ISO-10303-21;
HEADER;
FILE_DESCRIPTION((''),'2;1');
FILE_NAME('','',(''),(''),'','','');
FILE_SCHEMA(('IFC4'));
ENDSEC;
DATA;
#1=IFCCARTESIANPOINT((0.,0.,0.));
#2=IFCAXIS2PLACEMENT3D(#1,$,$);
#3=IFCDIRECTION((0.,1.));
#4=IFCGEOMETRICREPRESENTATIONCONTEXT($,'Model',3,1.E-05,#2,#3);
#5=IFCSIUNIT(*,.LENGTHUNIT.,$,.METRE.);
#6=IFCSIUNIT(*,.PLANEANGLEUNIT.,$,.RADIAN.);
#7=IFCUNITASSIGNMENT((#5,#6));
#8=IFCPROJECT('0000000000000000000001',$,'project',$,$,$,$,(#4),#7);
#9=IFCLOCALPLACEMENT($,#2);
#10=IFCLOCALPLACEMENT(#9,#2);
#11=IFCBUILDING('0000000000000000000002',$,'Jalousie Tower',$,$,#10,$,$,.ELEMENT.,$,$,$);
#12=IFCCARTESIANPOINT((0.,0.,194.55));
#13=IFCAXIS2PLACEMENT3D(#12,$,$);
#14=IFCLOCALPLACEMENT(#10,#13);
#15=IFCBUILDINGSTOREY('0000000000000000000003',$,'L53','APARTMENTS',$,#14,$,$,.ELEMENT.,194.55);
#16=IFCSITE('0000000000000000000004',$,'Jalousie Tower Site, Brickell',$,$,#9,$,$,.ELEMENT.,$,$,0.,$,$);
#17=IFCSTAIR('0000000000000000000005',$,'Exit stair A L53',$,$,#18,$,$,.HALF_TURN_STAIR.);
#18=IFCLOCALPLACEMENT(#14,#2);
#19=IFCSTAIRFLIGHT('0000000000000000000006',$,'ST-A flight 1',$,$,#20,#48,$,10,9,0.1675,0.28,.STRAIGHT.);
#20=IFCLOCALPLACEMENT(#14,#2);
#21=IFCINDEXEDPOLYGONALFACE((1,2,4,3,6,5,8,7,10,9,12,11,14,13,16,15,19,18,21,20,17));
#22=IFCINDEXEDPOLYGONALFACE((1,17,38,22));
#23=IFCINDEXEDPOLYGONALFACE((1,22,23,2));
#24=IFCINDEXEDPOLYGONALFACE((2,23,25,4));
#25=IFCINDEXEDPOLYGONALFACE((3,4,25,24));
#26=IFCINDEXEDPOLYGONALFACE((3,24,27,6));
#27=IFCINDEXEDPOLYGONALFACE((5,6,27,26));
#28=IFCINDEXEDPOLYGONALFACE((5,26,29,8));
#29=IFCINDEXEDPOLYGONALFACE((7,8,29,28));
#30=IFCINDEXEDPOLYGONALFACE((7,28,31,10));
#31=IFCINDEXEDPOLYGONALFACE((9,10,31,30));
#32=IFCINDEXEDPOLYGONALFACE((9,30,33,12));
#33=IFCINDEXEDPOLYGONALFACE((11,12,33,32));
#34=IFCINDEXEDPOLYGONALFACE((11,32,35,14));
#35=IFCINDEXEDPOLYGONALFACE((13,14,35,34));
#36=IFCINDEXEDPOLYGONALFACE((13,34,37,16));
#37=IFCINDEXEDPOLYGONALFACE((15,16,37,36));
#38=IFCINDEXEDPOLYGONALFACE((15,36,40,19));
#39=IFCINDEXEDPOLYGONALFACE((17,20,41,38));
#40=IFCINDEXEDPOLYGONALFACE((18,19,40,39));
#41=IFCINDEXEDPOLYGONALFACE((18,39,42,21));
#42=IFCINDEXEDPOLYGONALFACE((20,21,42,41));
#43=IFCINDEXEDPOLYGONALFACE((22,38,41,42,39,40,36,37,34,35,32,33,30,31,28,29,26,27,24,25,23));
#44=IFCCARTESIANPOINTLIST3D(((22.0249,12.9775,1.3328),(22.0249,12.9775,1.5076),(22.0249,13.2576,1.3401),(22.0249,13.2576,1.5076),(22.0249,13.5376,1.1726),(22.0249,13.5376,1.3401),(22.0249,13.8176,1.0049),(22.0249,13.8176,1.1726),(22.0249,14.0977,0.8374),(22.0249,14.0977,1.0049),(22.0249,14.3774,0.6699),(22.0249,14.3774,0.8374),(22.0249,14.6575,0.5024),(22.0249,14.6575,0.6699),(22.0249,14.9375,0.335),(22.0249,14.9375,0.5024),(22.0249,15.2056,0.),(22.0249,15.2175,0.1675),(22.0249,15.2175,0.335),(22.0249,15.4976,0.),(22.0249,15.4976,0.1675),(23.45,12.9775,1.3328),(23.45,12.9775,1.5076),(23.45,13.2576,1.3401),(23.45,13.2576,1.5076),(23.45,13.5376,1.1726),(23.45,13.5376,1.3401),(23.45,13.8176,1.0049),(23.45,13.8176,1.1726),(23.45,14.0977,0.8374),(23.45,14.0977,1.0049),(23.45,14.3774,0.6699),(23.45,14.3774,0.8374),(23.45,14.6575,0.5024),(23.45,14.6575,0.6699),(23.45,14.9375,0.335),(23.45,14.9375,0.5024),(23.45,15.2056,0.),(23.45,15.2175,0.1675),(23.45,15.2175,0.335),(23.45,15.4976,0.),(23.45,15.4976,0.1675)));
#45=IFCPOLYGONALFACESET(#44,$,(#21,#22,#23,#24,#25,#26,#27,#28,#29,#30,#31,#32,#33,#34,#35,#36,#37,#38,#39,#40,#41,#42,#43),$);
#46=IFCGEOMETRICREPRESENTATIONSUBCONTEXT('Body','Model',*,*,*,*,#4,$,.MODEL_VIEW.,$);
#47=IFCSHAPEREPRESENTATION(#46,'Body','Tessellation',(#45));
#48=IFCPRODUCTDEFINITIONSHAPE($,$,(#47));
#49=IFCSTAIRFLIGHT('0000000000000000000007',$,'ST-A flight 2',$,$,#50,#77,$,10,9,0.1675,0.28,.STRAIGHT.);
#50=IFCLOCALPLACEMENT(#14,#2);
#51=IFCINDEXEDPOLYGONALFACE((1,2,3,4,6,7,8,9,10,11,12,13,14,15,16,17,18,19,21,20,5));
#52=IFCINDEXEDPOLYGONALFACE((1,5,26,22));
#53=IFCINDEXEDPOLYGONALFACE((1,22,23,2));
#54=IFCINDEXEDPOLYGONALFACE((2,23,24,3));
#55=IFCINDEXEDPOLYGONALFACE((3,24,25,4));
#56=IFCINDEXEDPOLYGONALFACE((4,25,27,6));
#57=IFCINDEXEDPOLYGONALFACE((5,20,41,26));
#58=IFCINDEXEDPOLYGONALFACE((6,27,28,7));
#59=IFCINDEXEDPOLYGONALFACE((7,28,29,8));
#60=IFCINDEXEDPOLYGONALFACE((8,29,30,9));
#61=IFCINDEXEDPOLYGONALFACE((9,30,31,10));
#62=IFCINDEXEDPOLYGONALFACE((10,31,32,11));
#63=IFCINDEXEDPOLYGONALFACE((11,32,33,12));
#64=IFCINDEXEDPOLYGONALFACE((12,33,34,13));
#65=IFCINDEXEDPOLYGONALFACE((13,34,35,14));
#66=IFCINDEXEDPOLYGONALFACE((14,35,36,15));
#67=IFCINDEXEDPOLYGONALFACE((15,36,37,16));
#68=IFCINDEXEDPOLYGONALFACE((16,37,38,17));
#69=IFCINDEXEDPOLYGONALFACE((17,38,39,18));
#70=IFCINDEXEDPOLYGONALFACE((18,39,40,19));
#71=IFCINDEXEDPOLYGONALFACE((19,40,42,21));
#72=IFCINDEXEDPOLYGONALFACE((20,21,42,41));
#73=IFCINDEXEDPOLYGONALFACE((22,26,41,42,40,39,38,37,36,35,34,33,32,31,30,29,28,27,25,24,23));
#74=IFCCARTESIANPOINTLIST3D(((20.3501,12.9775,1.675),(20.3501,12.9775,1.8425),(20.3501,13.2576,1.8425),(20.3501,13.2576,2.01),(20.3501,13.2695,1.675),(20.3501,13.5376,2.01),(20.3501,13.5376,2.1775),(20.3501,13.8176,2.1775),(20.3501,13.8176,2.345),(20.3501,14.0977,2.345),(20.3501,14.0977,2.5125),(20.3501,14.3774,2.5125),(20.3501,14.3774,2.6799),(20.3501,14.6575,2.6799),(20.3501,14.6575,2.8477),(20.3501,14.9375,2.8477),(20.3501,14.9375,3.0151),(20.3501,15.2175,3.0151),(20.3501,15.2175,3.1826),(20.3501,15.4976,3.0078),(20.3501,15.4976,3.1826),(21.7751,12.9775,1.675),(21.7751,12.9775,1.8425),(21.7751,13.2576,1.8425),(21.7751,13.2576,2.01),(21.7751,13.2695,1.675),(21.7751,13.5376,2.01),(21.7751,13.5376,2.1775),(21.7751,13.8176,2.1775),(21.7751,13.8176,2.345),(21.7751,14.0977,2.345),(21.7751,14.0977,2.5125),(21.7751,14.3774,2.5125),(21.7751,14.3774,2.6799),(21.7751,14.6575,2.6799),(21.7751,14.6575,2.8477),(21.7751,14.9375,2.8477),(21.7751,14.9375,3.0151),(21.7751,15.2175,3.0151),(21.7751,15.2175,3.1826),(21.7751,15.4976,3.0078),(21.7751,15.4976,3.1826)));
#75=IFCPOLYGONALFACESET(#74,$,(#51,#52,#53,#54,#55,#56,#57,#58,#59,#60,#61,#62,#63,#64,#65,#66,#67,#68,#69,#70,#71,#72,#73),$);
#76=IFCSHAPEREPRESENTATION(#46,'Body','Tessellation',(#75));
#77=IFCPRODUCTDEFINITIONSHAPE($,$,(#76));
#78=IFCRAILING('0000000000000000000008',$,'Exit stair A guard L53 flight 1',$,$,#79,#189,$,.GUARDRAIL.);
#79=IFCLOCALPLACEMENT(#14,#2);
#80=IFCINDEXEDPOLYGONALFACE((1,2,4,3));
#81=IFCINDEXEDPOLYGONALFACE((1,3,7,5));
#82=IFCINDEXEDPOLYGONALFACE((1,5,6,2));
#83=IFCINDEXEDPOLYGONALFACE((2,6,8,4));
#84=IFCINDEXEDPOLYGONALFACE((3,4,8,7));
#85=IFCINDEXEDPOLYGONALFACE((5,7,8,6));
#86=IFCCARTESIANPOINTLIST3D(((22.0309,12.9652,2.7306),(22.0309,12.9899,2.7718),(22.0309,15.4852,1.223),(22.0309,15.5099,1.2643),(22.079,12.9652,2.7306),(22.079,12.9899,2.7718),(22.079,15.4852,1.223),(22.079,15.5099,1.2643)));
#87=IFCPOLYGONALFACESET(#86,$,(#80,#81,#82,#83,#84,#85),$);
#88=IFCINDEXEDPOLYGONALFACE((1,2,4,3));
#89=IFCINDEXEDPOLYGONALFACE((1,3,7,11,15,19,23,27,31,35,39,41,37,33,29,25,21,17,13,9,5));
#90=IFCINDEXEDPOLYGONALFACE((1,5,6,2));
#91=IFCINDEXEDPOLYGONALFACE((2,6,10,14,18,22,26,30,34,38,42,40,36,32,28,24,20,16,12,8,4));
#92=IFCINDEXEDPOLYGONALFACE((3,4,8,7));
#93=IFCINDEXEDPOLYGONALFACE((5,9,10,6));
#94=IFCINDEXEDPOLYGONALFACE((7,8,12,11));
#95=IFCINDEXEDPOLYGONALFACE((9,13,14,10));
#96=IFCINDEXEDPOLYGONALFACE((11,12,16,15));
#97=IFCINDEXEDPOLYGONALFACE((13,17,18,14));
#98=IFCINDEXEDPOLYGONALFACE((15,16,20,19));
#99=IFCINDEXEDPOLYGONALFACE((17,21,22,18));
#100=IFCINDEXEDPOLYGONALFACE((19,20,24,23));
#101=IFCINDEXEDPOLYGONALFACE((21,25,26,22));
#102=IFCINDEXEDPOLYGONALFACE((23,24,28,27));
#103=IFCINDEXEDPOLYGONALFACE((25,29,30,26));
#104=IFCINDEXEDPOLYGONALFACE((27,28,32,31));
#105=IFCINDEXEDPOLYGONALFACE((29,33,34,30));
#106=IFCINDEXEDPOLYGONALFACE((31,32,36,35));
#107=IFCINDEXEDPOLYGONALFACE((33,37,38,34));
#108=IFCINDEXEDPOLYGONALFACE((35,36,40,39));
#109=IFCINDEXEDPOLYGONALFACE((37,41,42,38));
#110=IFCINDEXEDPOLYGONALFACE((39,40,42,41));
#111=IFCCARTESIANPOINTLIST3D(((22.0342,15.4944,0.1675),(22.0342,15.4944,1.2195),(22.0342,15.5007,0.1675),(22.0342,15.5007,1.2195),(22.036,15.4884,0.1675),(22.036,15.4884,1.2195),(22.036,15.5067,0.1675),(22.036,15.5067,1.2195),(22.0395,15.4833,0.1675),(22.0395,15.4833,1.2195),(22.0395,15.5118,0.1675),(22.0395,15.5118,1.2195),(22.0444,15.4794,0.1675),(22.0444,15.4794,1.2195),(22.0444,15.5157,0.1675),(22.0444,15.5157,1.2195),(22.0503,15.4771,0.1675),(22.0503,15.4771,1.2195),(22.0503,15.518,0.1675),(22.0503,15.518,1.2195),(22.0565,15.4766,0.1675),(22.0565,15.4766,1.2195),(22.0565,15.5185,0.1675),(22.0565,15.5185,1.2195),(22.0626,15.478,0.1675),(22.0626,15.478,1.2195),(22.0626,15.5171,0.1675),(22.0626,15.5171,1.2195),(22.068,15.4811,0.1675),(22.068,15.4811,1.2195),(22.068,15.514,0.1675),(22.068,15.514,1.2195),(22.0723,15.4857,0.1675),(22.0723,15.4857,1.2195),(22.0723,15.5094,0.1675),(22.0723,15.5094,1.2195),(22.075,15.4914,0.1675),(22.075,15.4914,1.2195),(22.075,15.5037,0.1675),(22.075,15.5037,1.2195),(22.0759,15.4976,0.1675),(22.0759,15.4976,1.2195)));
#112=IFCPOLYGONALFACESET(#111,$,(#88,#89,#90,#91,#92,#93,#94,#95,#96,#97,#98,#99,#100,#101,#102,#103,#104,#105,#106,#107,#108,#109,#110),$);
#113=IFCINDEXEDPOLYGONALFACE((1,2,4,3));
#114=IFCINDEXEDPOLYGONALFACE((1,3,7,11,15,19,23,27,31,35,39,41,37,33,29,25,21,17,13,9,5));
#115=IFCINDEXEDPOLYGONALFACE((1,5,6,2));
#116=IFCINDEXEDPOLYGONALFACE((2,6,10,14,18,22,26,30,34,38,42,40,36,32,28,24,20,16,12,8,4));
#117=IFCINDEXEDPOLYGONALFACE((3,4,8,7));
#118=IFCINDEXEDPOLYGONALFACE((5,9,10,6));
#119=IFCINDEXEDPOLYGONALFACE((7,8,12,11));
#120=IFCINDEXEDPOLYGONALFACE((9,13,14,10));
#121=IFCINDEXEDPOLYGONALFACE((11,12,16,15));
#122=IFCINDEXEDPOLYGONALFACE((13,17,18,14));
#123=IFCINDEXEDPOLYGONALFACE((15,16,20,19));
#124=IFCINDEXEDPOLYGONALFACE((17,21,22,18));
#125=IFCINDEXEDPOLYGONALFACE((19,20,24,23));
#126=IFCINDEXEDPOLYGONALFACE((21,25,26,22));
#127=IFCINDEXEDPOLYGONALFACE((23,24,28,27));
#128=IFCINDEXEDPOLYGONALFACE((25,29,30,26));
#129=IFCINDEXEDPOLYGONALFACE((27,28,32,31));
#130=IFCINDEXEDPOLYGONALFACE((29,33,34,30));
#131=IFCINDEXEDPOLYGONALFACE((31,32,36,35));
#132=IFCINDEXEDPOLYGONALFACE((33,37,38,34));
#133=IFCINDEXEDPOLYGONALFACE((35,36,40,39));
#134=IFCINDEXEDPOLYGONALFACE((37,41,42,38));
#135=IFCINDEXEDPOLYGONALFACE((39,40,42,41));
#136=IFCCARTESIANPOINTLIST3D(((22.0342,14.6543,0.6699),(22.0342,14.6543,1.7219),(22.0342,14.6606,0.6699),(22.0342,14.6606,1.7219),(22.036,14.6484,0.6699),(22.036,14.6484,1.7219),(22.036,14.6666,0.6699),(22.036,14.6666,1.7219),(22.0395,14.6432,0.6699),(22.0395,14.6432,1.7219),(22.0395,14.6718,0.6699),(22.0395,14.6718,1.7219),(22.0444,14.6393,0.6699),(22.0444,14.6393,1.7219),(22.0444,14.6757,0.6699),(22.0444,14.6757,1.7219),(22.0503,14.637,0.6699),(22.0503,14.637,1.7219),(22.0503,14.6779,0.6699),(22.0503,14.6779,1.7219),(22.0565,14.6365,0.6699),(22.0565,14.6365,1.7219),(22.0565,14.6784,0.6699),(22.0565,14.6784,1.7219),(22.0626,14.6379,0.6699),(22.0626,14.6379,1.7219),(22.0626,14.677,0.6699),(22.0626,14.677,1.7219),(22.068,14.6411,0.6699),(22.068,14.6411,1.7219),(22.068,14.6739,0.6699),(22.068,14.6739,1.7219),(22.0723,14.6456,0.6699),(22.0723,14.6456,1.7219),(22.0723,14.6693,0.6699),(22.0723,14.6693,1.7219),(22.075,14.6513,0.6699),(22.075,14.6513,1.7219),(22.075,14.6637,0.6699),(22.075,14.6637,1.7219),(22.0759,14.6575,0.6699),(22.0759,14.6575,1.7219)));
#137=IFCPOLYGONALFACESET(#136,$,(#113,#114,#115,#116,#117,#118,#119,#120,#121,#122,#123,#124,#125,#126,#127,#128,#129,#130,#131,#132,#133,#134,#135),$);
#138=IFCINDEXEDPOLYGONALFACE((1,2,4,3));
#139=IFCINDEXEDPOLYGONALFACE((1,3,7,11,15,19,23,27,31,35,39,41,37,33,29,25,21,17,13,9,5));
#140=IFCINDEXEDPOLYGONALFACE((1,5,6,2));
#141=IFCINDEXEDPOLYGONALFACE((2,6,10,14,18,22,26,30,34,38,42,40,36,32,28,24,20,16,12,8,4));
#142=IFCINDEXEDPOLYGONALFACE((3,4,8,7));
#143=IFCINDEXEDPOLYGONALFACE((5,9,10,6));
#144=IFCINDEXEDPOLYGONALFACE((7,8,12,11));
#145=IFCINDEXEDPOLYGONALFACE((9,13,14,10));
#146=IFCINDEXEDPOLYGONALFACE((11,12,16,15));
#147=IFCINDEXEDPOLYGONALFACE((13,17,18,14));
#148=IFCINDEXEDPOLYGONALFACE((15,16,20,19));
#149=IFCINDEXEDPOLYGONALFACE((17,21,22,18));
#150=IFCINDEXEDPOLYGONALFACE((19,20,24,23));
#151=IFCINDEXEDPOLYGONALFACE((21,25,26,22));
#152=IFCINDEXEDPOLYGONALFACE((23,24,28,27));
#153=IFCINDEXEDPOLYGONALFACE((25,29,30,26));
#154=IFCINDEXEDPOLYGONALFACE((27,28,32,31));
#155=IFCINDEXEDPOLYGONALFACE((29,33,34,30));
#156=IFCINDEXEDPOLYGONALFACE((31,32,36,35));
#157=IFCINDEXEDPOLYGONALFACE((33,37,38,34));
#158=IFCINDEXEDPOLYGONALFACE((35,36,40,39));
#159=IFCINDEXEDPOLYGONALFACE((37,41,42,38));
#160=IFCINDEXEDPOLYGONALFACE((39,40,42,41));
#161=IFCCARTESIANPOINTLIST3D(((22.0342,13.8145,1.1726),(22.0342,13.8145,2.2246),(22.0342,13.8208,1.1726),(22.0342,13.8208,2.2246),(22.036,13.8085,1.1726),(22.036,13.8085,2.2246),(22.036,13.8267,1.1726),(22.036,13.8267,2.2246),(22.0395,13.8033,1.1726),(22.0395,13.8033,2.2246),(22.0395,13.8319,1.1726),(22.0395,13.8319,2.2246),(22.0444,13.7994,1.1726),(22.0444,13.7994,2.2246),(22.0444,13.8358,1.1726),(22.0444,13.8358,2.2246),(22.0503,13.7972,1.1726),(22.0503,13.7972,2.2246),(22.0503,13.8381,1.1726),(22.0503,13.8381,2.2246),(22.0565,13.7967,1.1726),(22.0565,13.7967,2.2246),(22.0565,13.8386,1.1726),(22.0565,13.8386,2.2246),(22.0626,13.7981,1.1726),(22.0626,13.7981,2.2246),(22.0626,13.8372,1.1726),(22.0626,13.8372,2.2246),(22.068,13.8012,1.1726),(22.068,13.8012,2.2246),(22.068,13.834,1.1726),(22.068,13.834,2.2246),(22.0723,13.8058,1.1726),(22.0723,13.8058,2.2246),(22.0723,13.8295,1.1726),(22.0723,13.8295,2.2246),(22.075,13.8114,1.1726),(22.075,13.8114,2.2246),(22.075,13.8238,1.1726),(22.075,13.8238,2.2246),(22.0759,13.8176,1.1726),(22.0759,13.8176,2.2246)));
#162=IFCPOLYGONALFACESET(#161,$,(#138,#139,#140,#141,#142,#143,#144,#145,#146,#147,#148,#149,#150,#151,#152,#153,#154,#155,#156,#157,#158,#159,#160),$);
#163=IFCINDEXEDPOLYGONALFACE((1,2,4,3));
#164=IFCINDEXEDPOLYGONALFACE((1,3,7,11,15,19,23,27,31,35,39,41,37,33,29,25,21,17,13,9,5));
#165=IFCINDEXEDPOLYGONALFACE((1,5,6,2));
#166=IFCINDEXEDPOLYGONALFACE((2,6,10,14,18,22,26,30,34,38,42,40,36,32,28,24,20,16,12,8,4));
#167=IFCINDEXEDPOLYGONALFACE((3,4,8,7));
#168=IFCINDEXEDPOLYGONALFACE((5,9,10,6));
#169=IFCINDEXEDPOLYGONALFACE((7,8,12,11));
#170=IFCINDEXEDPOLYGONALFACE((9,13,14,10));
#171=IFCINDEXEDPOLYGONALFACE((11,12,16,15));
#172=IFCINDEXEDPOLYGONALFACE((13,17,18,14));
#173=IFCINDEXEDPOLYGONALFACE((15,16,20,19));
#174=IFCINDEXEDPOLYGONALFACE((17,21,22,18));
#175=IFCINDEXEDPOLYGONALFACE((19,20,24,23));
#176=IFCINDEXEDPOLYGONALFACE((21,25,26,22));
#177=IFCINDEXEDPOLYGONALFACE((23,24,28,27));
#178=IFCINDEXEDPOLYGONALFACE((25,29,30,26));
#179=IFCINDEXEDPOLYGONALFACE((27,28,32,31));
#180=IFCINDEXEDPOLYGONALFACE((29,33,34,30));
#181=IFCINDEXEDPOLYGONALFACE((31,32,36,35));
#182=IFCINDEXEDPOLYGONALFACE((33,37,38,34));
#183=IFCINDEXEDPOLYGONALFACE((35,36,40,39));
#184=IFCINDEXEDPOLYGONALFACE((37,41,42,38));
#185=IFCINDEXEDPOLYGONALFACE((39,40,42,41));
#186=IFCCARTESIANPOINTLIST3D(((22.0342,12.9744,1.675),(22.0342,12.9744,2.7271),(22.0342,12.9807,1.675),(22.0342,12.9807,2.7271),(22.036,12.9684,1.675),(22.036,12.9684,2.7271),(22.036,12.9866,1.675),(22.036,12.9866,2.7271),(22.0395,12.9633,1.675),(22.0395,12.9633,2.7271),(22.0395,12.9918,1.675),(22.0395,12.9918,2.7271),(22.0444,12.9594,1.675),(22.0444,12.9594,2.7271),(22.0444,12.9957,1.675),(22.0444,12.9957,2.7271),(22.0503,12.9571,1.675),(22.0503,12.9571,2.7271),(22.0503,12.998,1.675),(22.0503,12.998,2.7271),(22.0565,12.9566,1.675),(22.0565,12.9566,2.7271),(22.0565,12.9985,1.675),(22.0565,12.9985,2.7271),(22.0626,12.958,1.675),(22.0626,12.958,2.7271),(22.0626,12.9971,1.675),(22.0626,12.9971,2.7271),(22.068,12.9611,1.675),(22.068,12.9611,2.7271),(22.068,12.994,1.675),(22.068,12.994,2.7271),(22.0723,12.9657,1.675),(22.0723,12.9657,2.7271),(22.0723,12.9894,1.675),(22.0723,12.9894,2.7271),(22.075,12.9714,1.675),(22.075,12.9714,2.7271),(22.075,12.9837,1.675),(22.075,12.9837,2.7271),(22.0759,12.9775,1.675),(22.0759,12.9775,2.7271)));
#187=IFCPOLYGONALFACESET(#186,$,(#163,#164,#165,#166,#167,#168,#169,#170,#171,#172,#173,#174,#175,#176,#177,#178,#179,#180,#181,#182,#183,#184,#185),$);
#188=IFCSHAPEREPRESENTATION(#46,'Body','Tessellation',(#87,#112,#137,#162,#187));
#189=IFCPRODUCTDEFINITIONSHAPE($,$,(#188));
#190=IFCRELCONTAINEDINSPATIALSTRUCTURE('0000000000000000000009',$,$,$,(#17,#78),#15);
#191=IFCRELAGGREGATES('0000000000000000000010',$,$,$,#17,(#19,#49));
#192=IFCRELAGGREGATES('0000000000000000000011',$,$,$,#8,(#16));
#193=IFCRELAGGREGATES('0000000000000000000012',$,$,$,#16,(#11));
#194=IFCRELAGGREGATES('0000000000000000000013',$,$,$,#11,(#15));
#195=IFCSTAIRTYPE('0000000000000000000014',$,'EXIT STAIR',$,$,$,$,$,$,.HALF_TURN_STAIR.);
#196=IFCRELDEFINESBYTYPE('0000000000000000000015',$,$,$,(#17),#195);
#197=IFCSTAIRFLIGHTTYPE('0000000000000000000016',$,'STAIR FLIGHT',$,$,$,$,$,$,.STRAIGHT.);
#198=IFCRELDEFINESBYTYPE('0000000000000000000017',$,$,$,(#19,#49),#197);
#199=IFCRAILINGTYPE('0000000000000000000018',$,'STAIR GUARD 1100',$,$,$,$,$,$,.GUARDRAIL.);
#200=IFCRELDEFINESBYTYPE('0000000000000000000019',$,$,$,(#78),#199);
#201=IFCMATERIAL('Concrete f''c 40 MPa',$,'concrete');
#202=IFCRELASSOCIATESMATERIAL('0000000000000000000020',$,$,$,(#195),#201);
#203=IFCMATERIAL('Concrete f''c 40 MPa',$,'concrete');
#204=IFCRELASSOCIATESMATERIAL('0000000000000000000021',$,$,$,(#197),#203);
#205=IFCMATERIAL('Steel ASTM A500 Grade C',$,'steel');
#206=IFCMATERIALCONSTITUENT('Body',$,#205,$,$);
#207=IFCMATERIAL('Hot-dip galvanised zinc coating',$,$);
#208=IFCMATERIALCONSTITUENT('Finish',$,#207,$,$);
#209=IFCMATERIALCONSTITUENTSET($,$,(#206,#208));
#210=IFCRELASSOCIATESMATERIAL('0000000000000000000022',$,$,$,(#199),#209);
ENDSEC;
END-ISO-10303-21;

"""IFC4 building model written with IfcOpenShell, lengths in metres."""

from ifc_helpers import new_model, si_unit, direction, frame, origin, origin_2d, place, context, subcontext, project, spatial, polyline, rectangle, circle, outline, extrude, material, constituent, constituent_set, type_object, element, aggregate, save


model = new_model("IFC4")

# Units and contexts
model_context = context("Model", 3, precision=1e-05, world=origin(), true_north=direction((0.0, 1.0)))
body_context = subcontext(model_context, "Body", "Model", "MODEL_VIEW")
ifc_project = project(units=[si_unit("LENGTHUNIT", "METRE"), si_unit("PLANEANGLEUNIT", "RADIAN")], contexts=[model_context])

# Site, building, storey
site_placement = place(None, origin())
site = spatial("IfcSite", under=ifc_project, at=site_placement, Name="Jalousie Tower Site, Brickell", CompositionType="ELEMENT", RefElevation=0.0)
building_placement = place(site_placement, origin())
building = spatial("IfcBuilding", under=site, at=building_placement, Name="Jalousie Tower", CompositionType="ELEMENT")
storey_placement = place(building_placement, frame((0.0, 0.0, 194.55)))
storey = spatial("IfcBuildingStorey", under=building, at=storey_placement, Name="L53", Description="APARTMENTS", CompositionType="ELEMENT", Elevation=194.55)

# Stair, stair flights
ifc_material_1 = material(Name="Concrete f'c 40 MPa", Category="concrete")
stair_type = type_object("IfcStairType", Name="EXIT STAIR", PredefinedType="HALF_TURN_STAIR", material=ifc_material_1)
stair_placement = place(storey_placement, origin())
stair = element("IfcStair", 1, at=stair_placement, inside=storey, type_object=stair_type, Name="Exit stair A L53", PredefinedType="HALF_TURN_STAIR")
ifc_material_2 = material(Name="Concrete f'c 40 MPa", Category="concrete")
stair_flight_type = type_object("IfcStairFlightType", Name="STAIR FLIGHT", PredefinedType="STRAIGHT", material=ifc_material_2)
stair_flight_1_placement = place(storey_placement, frame((22.7375, 15.4976, 0.0), z_axis=(0.0, 0.0, 1.0), x_axis=(0.0, -1.0, 0.0)))
stair_flight_1 = element("IfcStairFlight", 2, at=stair_flight_1_placement, type_object=stair_flight_type, Name="ST-A flight 1", NumberOfRisers=10, NumberOfTreads=9, PredefinedType="STRAIGHT", RiserHeight=0.1675, TreadLength=0.28, context=body_context, shape_type="SweptSolid", body=[
    extrude(outline(polyline([(0.0, 0.0), (0.0, 0.1675), (0.28, 0.1675), (0.28, 0.335), (0.5601, 0.335), (0.5601, 0.5024), (0.8401, 0.5024), (0.8401, 0.6699), (1.1201, 0.6699), (1.1201, 0.8374), (1.3999, 0.8374), (1.3999, 1.0049), (1.6799, 1.0049), (1.6799, 1.1726), (1.96, 1.1726), (1.96, 1.3401), (2.24, 1.3401), (2.24, 1.5076), (2.52, 1.5076), (2.52, 1.675), (2.52, 1.3328), (0.292, 0.0), (0.0, 0.0)])), frame((0.0, 0.7124, 0.0), z_axis=(0.0, -1.0, 0.0), x_axis=(1.0, 0.0, 0.0)), (0.0, 0.0, 1.0), 1.425),
])
stair_flight_2_placement = place(storey_placement, frame((21.0625, 12.9775, 1.675), z_axis=(0.0, 0.0, 1.0), x_axis=(0.0, 1.0, 0.0)))
stair_flight_2 = element("IfcStairFlight", 3, at=stair_flight_2_placement, type_object=stair_flight_type, Name="ST-A flight 2", NumberOfRisers=10, NumberOfTreads=9, PredefinedType="STRAIGHT", RiserHeight=0.1675, TreadLength=0.28, context=body_context, shape_type="SweptSolid", body=[
    extrude(outline(polyline([(0.0, 0.0), (0.0, 0.1675), (0.28, 0.1675), (0.28, 0.335), (0.5601, 0.335), (0.5601, 0.5024), (0.8401, 0.5024), (0.8401, 0.6699), (1.1201, 0.6699), (1.1201, 0.8374), (1.3999, 0.8374), (1.3999, 1.0049), (1.6799, 1.0049), (1.6799, 1.1726), (1.96, 1.1726), (1.96, 1.3401), (2.24, 1.3401), (2.24, 1.5076), (2.52, 1.5076), (2.52, 1.675), (2.52, 1.3328), (0.292, 0.0), (0.0, 0.0)])), frame((0.0, 0.7124, 0.0), z_axis=(0.0, -1.0, 0.0), x_axis=(1.0, 0.0, 0.0)), (0.0, 0.0, 1.0), 1.425),
])
aggregate(stair, [stair_flight_1, stair_flight_2])

# Railing
ifc_material_3 = material(Name="Steel ASTM A500 Grade C", Category="steel")
ifc_constituent_1 = constituent(ifc_material_3, Name="Body")
ifc_material_4 = material(Name="Hot-dip galvanised zinc coating")
ifc_constituent_2 = constituent(ifc_material_4, Name="Finish")
ifc_constituent_set_1 = constituent_set(constituents=[ifc_constituent_1, ifc_constituent_2])
railing_type_1 = type_object("IfcRailingType", Name="STAIR GUARD 1100", PredefinedType="GUARDRAIL", material=ifc_constituent_set_1)
railing_1_placement = place(storey_placement, frame((22.0549, 15.4976, 0.1675)))
element("IfcRailing", 4, at=railing_1_placement, inside=storey, type_object=railing_type_1, Name="Exit stair A guard L53 flight 1", PredefinedType="GUARDRAIL", context=body_context, shape_type="SweptSolid", body=[
    extrude(rectangle(XDim=0.0481, YDim=0.0481, at=origin_2d()), frame((0.0, 0.0, 1.0762), z_axis=(0.0, -0.85816, 0.513383), x_axis=(1.0, 0.0, 0.0)), (0.0, 0.0, 1.0), 2.9365),
    extrude(circle(Radius=0.021, at=origin_2d()), origin(), (0.0, 0.0, 1.0), 1.052),
    extrude(circle(Radius=0.021, at=origin_2d()), frame((0.0, -0.8401, 0.5024)), (0.0, 0.0, 1.0), 1.052),
    extrude(circle(Radius=0.021, at=origin_2d()), frame((0.0, -1.6799, 1.0051)), (0.0, 0.0, 1.0), 1.052),
    extrude(circle(Radius=0.021, at=origin_2d()), frame((0.0, -2.52, 1.5076)), (0.0, 0.0, 1.0), 1.052),
])

save(model, "model.ifc")
